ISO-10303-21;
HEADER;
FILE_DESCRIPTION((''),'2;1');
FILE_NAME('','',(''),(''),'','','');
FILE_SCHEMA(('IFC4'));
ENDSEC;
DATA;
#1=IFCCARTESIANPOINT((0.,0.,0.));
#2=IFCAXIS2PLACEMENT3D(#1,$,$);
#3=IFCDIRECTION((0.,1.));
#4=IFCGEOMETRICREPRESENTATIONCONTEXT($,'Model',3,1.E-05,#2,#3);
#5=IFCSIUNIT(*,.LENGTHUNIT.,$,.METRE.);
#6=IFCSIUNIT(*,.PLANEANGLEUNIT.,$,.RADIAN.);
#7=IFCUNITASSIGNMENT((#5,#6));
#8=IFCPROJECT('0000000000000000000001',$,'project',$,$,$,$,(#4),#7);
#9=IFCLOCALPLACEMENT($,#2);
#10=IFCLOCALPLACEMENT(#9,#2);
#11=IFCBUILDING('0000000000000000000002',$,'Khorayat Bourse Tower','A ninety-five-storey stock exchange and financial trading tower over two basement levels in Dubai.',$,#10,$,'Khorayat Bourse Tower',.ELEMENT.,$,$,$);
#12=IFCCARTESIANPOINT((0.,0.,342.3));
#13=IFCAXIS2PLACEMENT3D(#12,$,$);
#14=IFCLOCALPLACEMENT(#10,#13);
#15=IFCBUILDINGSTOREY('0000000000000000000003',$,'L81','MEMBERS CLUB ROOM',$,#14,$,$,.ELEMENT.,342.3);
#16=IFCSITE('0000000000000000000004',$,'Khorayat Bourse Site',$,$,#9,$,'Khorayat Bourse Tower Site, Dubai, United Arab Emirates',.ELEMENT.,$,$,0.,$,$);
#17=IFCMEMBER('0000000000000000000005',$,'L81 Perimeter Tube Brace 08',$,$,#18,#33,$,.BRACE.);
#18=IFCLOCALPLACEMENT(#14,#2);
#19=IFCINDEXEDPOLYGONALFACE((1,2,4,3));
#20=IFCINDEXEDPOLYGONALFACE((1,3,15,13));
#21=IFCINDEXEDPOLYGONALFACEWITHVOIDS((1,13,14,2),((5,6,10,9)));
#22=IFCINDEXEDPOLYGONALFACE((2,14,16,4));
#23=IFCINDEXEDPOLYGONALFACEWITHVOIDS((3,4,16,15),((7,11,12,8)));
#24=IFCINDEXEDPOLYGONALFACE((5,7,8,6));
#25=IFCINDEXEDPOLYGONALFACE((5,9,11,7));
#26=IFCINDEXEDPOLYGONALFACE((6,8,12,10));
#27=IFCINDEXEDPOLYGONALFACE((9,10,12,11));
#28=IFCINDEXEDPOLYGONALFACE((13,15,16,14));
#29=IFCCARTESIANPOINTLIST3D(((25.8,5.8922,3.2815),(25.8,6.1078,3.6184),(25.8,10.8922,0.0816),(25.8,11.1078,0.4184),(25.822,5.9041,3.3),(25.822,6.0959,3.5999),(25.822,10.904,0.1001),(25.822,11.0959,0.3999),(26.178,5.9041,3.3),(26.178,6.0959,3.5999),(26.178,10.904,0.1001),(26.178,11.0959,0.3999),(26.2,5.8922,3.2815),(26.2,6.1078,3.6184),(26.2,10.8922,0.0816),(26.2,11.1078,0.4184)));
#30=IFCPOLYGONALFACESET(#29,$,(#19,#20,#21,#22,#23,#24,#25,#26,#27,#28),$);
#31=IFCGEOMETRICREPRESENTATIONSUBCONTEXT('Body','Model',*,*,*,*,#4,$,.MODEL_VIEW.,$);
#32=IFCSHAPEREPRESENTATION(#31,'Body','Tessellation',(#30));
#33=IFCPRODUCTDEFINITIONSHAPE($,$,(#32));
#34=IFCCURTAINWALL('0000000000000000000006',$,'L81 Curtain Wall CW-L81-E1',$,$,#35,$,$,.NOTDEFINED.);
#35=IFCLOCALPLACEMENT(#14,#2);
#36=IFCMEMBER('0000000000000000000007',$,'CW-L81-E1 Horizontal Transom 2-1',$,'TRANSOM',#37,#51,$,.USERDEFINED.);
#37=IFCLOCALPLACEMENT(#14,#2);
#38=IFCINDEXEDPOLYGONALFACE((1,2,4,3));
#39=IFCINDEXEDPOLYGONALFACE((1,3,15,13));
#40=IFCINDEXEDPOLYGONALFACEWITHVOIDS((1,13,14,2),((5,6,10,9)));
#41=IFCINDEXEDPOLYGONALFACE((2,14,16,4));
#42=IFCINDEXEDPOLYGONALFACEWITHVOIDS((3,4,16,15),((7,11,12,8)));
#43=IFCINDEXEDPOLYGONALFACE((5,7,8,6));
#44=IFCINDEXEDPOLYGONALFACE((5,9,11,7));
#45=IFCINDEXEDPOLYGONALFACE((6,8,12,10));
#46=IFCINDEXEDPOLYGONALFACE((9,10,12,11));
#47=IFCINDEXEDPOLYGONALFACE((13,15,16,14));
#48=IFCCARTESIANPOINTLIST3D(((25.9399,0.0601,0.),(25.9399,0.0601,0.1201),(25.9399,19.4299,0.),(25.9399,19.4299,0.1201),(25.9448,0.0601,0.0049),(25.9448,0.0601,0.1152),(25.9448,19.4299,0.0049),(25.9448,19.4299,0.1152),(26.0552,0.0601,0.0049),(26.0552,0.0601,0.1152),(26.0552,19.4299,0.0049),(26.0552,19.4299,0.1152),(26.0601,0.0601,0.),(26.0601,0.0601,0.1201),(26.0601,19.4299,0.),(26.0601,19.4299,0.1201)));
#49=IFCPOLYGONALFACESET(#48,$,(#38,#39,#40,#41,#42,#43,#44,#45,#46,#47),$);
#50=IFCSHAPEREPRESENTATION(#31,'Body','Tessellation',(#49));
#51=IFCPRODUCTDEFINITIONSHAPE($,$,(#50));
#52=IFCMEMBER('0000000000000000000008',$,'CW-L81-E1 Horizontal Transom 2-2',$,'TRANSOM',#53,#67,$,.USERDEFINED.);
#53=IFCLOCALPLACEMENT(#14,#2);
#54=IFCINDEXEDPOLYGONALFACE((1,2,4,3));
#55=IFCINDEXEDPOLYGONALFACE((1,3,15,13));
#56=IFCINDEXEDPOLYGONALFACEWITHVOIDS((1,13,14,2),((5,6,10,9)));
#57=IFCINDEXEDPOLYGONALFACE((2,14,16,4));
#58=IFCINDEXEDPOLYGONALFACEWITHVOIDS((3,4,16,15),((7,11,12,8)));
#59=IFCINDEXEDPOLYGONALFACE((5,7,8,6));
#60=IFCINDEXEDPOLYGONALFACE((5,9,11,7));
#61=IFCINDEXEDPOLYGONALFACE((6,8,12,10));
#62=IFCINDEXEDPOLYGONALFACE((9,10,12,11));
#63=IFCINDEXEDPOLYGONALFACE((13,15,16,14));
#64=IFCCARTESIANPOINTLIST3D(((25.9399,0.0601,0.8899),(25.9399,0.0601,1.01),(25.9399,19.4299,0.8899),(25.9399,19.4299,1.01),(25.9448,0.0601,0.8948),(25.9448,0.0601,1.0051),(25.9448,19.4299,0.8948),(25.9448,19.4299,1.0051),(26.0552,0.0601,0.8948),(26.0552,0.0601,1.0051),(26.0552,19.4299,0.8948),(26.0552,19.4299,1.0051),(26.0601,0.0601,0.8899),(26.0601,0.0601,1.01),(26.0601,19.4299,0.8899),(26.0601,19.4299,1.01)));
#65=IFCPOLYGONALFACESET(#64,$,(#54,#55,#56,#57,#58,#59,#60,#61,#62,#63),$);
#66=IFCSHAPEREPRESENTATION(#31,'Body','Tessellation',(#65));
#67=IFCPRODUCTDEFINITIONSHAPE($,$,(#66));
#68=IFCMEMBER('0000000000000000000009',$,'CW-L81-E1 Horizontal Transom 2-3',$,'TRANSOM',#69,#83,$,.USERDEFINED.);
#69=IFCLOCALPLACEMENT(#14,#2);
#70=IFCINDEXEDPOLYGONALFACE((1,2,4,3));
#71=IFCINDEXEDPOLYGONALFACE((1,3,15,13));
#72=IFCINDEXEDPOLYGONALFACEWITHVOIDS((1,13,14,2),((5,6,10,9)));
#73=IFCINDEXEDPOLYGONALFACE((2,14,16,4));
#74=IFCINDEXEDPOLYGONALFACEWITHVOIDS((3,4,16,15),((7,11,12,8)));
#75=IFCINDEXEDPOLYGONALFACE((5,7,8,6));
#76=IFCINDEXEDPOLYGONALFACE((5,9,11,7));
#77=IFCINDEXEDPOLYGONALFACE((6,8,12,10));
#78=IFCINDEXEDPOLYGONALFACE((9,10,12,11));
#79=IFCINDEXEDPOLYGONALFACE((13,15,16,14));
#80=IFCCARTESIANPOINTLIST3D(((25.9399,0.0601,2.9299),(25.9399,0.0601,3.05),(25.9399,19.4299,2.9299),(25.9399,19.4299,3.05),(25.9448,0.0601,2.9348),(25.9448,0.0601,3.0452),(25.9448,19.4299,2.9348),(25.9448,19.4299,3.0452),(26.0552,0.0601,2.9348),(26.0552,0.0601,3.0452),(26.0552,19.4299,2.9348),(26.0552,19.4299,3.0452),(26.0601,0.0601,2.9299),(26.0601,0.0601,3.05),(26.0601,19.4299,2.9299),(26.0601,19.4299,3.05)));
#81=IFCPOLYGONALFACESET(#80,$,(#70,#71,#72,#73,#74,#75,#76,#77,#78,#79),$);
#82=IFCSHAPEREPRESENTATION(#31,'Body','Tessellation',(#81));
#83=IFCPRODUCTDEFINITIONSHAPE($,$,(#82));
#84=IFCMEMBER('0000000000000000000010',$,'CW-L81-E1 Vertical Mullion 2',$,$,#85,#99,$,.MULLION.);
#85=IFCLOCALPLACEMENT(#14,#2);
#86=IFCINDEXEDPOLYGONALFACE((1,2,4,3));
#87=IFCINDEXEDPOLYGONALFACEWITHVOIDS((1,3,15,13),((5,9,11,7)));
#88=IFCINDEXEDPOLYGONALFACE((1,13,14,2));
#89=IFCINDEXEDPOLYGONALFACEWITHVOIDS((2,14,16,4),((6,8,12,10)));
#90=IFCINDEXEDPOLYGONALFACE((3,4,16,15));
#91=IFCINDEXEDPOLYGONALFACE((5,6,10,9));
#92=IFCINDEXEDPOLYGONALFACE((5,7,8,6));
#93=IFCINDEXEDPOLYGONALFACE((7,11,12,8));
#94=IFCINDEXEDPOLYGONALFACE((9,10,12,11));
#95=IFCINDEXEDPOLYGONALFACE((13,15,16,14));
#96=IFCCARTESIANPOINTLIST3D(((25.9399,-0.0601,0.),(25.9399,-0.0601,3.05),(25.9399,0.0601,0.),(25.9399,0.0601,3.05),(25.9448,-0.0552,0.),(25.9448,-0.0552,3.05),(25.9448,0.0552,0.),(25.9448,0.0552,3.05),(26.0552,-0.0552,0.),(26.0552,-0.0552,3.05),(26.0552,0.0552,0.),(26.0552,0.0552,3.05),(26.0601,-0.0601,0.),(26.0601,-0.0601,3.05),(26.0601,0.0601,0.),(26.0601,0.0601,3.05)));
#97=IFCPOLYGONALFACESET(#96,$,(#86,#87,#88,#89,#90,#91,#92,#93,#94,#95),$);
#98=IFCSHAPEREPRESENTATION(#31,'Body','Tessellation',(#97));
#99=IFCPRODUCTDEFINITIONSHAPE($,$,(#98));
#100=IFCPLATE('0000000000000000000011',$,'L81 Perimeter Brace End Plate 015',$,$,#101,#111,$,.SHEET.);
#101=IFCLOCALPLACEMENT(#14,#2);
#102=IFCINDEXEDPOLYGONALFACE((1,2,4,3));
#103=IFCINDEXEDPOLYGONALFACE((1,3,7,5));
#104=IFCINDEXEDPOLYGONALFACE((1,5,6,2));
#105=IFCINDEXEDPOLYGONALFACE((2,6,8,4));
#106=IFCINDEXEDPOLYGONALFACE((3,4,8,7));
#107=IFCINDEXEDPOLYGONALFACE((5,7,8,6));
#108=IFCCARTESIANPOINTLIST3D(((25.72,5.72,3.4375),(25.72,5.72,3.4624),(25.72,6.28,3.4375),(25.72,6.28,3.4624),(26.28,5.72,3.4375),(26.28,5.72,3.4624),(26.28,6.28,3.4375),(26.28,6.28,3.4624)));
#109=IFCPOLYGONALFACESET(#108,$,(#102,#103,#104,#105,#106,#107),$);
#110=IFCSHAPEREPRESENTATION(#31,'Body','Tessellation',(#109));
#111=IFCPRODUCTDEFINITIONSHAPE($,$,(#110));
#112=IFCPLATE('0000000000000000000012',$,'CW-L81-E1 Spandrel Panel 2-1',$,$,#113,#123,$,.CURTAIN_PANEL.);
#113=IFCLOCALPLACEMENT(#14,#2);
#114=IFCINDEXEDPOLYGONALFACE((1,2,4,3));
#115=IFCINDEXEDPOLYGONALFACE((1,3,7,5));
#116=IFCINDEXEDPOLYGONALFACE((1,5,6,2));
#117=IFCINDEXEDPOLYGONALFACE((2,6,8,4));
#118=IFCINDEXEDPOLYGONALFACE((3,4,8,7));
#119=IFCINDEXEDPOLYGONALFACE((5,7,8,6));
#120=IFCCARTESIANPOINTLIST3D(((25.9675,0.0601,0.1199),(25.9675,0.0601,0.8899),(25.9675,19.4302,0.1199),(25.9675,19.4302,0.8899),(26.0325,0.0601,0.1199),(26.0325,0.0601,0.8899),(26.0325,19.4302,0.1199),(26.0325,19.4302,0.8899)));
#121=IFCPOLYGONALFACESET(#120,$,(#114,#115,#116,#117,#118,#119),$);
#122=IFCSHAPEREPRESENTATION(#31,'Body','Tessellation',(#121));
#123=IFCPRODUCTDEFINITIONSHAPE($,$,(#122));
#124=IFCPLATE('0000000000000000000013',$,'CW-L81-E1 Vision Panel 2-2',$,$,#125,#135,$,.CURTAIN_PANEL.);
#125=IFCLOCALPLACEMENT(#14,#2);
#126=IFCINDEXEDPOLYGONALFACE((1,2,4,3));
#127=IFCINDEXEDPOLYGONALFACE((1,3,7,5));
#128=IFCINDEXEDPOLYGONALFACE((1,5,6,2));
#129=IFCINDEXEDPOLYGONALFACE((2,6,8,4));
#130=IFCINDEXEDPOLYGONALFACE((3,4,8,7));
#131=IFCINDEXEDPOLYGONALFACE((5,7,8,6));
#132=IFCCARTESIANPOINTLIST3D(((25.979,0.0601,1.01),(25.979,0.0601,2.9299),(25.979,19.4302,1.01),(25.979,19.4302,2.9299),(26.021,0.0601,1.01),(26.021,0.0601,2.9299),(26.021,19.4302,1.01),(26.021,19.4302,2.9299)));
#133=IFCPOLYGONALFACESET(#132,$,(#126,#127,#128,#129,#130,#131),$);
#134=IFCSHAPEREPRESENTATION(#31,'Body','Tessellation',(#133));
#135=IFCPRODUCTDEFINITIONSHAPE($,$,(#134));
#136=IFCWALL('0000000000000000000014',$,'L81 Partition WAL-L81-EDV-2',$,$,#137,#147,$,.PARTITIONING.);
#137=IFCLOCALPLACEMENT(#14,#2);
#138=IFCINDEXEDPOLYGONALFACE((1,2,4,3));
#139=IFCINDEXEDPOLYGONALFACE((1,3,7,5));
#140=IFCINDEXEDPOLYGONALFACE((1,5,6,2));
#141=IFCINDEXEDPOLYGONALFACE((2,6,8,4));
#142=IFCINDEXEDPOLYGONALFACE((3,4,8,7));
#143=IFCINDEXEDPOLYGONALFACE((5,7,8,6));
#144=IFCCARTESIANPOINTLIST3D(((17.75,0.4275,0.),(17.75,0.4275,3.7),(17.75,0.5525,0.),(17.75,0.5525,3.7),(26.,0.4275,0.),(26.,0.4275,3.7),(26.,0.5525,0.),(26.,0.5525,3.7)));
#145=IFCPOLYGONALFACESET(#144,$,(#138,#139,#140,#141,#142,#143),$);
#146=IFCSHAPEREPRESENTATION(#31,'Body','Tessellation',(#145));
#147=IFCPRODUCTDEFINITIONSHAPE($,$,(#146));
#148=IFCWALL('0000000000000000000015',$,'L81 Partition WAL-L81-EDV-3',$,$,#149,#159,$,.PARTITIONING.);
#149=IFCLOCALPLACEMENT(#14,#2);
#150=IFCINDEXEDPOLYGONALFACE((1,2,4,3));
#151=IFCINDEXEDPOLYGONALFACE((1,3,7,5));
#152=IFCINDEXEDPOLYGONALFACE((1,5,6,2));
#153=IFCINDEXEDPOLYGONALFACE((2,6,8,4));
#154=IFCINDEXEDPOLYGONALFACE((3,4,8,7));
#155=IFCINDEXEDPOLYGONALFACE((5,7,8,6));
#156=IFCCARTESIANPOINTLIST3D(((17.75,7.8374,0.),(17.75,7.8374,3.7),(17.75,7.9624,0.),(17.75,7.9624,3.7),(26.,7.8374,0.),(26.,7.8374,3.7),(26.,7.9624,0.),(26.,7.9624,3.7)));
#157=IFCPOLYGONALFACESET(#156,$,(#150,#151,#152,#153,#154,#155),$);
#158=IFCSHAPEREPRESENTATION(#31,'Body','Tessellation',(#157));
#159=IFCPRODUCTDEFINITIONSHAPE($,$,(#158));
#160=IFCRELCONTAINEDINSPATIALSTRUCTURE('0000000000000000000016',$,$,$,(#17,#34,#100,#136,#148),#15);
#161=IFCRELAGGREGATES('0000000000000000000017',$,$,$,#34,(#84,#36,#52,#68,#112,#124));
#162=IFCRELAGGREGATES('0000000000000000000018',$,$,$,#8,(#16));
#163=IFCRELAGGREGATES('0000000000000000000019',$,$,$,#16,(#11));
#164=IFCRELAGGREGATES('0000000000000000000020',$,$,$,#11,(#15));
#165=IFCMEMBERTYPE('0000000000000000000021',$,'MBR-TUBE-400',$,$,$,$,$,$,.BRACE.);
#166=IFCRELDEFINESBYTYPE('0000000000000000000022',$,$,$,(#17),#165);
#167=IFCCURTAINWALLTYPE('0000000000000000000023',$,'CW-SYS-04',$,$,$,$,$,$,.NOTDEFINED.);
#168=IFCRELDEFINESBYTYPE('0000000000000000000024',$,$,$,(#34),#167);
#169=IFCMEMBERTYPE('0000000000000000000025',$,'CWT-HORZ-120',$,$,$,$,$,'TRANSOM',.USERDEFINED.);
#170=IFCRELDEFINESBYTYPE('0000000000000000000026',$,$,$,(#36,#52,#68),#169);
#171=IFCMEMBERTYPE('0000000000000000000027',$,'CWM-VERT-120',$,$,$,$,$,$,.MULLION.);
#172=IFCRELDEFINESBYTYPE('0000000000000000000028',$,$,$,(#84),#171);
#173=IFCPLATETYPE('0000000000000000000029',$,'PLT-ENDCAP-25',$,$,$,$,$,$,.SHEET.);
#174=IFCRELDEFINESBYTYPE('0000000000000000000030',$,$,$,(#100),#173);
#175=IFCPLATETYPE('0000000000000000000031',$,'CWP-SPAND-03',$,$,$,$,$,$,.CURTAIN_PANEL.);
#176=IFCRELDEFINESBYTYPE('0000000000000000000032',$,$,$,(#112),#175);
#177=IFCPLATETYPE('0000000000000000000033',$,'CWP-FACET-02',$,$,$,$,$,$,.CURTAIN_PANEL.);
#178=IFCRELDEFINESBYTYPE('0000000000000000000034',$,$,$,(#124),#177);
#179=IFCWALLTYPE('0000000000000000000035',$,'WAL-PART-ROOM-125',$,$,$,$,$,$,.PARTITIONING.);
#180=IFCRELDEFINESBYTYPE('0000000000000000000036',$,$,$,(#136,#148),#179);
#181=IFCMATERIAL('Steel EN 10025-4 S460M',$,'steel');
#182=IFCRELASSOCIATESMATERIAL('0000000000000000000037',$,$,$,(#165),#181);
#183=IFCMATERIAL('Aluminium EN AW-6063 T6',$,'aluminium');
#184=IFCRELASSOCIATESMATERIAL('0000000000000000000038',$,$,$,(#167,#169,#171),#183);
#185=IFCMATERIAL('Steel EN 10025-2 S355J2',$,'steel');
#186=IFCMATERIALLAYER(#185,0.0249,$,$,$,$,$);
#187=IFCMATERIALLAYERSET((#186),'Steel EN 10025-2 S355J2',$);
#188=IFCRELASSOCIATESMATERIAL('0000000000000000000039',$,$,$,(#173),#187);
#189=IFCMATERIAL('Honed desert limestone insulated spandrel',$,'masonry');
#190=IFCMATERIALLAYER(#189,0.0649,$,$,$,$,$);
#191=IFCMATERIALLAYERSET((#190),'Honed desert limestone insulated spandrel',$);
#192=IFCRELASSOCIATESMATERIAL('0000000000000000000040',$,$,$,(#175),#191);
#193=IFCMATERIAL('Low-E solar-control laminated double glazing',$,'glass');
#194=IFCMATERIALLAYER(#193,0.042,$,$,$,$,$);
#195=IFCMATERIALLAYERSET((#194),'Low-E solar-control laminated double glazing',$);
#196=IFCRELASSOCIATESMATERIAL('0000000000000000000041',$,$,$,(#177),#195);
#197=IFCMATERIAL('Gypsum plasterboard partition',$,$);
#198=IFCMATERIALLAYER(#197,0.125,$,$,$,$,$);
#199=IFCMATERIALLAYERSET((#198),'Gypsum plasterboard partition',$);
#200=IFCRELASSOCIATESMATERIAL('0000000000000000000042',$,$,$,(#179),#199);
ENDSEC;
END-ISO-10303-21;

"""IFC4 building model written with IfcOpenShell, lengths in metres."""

from ifc_helpers import new_model, si_unit, direction, frame, frame_2d, origin, origin_2d, place, context, subcontext, project, spatial, rectangle, hollow_rectangle, extrude, source, transform, mapped, material, layer, layer_set, material_profile, profile_set, type_object, element, aggregate, save


model = new_model("IFC4")

# Units and contexts
model_context = context("Model", 3, precision=1e-05, world=origin(), true_north=direction((0.0, 1.0)))
body_context = subcontext(model_context, "Body", "Model", "MODEL_VIEW")
ifc_project = project(units=[si_unit("LENGTHUNIT", "METRE"), si_unit("PLANEANGLEUNIT", "RADIAN")], contexts=[model_context])

# Site, building, storey
site_placement = place(None, origin())
site = spatial("IfcSite", under=ifc_project, at=site_placement, Name="Khorayat Bourse Site", LongName="Khorayat Bourse Tower Site, Dubai, United Arab Emirates", CompositionType="ELEMENT", RefElevation=0.0)
building_placement = place(site_placement, origin())
building = spatial("IfcBuilding", under=site, at=building_placement, Name="Khorayat Bourse Tower", Description="A ninety-five-storey stock exchange and financial trading tower over two basement levels in Dubai.", LongName="Khorayat Bourse Tower", CompositionType="ELEMENT")
storey_placement = place(building_placement, frame((0.0, 0.0, 342.3)))
storey = spatial("IfcBuildingStorey", under=building, at=storey_placement, Name="L81", Description="MEMBERS CLUB ROOM", CompositionType="ELEMENT", Elevation=342.3)

# Shared definitions
ifc_material_1 = material(Name="Steel EN 10025-2 S355J2", Category="steel")

# Member
ifc_material_2 = material(Name="Steel EN 10025-4 S460M", Category="steel")
ifc_material_profile_1 = material_profile(ifc_material_2, hollow_rectangle(XDim=0.3999, YDim=0.3999, WallThickness=0.022, at=origin_2d()), Name="HSS 400x400x22")
ifc_profile_set_1 = profile_set([ifc_material_profile_1], Name="Steel EN 10025-4 S460M")
member_type_1 = type_object("IfcMemberType", Name="MBR-TUBE-400", PredefinedType="BRACE", material=ifc_profile_set_1)
shared_shape_1 = source(origin(), body_context, "Body", "SweptSolid", [
    extrude(hollow_rectangle(XDim=0.3999, YDim=0.3999, WallThickness=0.022, at=origin_2d()), origin(), (0.0, 0.0, 1.0), 5.9363),
])
member_1_placement = place(storey_placement, frame((26.0, 6.0, 3.45), z_axis=(0.0, 0.842275, -0.539048), x_axis=(-1.0, 0.0, 0.0)))
element("IfcMember", 1, at=member_1_placement, inside=storey, type_object=member_type_1, Name="L81 Perimeter Tube Brace 08", PredefinedType="BRACE", context=body_context, shape_type="MappedRepresentation", body=[
    mapped(shared_shape_1, transform((0.0, 0.0, 0.0), scale=1.0)),
])

# Curtain wall, members
ifc_material_3 = material(Name="Aluminium EN AW-6063 T6", Category="aluminium")
curtain_wall_type = type_object("IfcCurtainWallType", Name="CW-SYS-04", PredefinedType="NOTDEFINED", material=ifc_material_3)
curtain_wall_placement = place(storey_placement, origin())
curtain_wall = element("IfcCurtainWall", 2, at=curtain_wall_placement, inside=storey, type_object=curtain_wall_type, Name="L81 Curtain Wall CW-L81-E1", PredefinedType="NOTDEFINED")
ifc_material_profile_2 = material_profile(ifc_material_3, hollow_rectangle(XDim=0.1201, YDim=0.1201, WallThickness=0.0049, at=origin_2d()), Name="ALU 120x120x5")
ifc_profile_set_2 = profile_set([ifc_material_profile_2], Name="Aluminium EN AW-6063 T6")
member_type_2 = type_object("IfcMemberType", Name="CWT-HORZ-120", ElementType="TRANSOM", PredefinedType="USERDEFINED", material=ifc_profile_set_2)
shared_shape_2 = source(origin(), body_context, "Body", "SweptSolid", [
    extrude(hollow_rectangle(XDim=0.1201, YDim=0.1201, WallThickness=0.0049, at=origin_2d()), origin(), (0.0, 0.0, 1.0), 19.3699),
])
member_2_placement = place(storey_placement, frame((26.0, 0.0601, 0.0601), z_axis=(0.0, 1.0, 0.0), x_axis=(-1.0, 0.0, 0.0)))
member_2 = element("IfcMember", 3, at=member_2_placement, type_object=member_type_2, Name="CW-L81-E1 Horizontal Transom 2-1", ObjectType="TRANSOM", PredefinedType="USERDEFINED", context=body_context, shape_type="MappedRepresentation", body=[
    mapped(shared_shape_2, transform((0.0, 0.0, 0.0), scale=1.0)),
])
member_3_placement = place(storey_placement, frame((26.0, 0.0601, 0.95), z_axis=(0.0, 1.0, 0.0), x_axis=(-1.0, 0.0, 0.0)))
member_3 = element("IfcMember", 4, at=member_3_placement, type_object=member_type_2, Name="CW-L81-E1 Horizontal Transom 2-2", ObjectType="TRANSOM", PredefinedType="USERDEFINED", context=body_context, shape_type="MappedRepresentation", body=[
    mapped(shared_shape_2, transform((0.0, 0.0, 0.0), scale=1.0)),
])
member_4_placement = place(storey_placement, frame((26.0, 0.0601, 2.99), z_axis=(0.0, 1.0, 0.0), x_axis=(-1.0, 0.0, 0.0)))
member_4 = element("IfcMember", 5, at=member_4_placement, type_object=member_type_2, Name="CW-L81-E1 Horizontal Transom 2-3", ObjectType="TRANSOM", PredefinedType="USERDEFINED", context=body_context, shape_type="MappedRepresentation", body=[
    mapped(shared_shape_2, transform((0.0, 0.0, 0.0), scale=1.0)),
])
ifc_material_profile_3 = material_profile(ifc_material_3, hollow_rectangle(XDim=0.1201, YDim=0.1201, WallThickness=0.0049, at=origin_2d()), Name="ALU 120x120x5")
ifc_profile_set_3 = profile_set([ifc_material_profile_3], Name="Aluminium EN AW-6063 T6")
member_type_3 = type_object("IfcMemberType", Name="CWM-VERT-120", PredefinedType="MULLION", material=ifc_profile_set_3)
shared_shape_3 = source(origin(), body_context, "Body", "SweptSolid", [
    extrude(hollow_rectangle(XDim=0.1201, YDim=0.1201, WallThickness=0.0049, at=origin_2d()), origin(), (0.0, 0.0, 1.0), 3.05),
])
member_5_placement = place(storey_placement, frame((26.0, 0.0, 0.0), z_axis=(0.0, 0.0, 1.0), x_axis=(-1.0, 0.0, 0.0)))
member_5 = element("IfcMember", 6, at=member_5_placement, type_object=member_type_3, Name="CW-L81-E1 Vertical Mullion 2", PredefinedType="MULLION", context=body_context, shape_type="MappedRepresentation", body=[
    mapped(shared_shape_3, transform((0.0, 0.0, 0.0), scale=1.0)),
])

# Plates
ifc_layer_1 = layer(ifc_material_1, 0.0249)
ifc_layer_set_1 = layer_set([ifc_layer_1], Name="Steel EN 10025-2 S355J2")
plate_type_1 = type_object("IfcPlateType", Name="PLT-ENDCAP-25", PredefinedType="SHEET", material=ifc_layer_set_1)
shared_shape_4 = source(origin(), body_context, "Body", "SweptSolid", [
    extrude(rectangle(XDim=0.5601, YDim=0.5601, at=origin_2d()), origin(), (0.0, 0.0, 1.0), 0.0249),
])
plate_1_placement = place(storey_placement, frame((26.0, 6.0, 3.4375), z_axis=(0.0, 0.0, 1.0), x_axis=(1.0, 0.0, 0.0)))
element("IfcPlate", 7, at=plate_1_placement, inside=storey, type_object=plate_type_1, Name="L81 Perimeter Brace End Plate 015", PredefinedType="SHEET", context=body_context, shape_type="MappedRepresentation", body=[
    mapped(shared_shape_4, transform((0.0, 0.0, 0.0), scale=1.0)),
])
ifc_material_4 = material(Name="Honed desert limestone insulated spandrel", Category="masonry")
ifc_layer_2 = layer(ifc_material_4, 0.0649)
ifc_layer_set_2 = layer_set([ifc_layer_2], Name="Honed desert limestone insulated spandrel")
plate_type_2 = type_object("IfcPlateType", Name="CWP-SPAND-03", PredefinedType="CURTAIN_PANEL", material=ifc_layer_set_2)
shared_shape_5 = source(origin(), body_context, "Body", "SweptSolid", [
    extrude(rectangle(XDim=19.3701, YDim=0.0649, at=origin_2d()), origin(), (0.0, 0.0, 1.0), 0.77),
])
plate_2_placement = place(storey_placement, frame((26.0, 9.7451, 0.1199), z_axis=(0.0, 0.0, 1.0), x_axis=(0.0, 1.0, 0.0)))
plate_2 = element("IfcPlate", 8, at=plate_2_placement, type_object=plate_type_2, Name="CW-L81-E1 Spandrel Panel 2-1", PredefinedType="CURTAIN_PANEL", context=body_context, shape_type="MappedRepresentation", body=[
    mapped(shared_shape_5, transform((0.0, 0.0, 0.0), scale=1.0)),
])
ifc_material_5 = material(Name="Low-E solar-control laminated double glazing", Category="glass")
ifc_layer_3 = layer(ifc_material_5, 0.042)
ifc_layer_set_3 = layer_set([ifc_layer_3], Name="Low-E solar-control laminated double glazing")
plate_type_3 = type_object("IfcPlateType", Name="CWP-FACET-02", PredefinedType="CURTAIN_PANEL", material=ifc_layer_set_3)
shared_shape_6 = source(origin(), body_context, "Body", "SweptSolid", [
    extrude(rectangle(XDim=19.3701, YDim=0.042, at=origin_2d()), origin(), (0.0, 0.0, 1.0), 1.9199),
])
plate_3_placement = place(storey_placement, frame((26.0, 9.7451, 1.01), z_axis=(0.0, 0.0, 1.0), x_axis=(0.0, 1.0, 0.0)))
plate_3 = element("IfcPlate", 9, at=plate_3_placement, type_object=plate_type_3, Name="CW-L81-E1 Vision Panel 2-2", PredefinedType="CURTAIN_PANEL", context=body_context, shape_type="MappedRepresentation", body=[
    mapped(shared_shape_6, transform((0.0, 0.0, 0.0), scale=1.0)),
])
aggregate(curtain_wall, [member_5, member_2, member_3, member_4, plate_2, plate_3])

# Walls
ifc_material_6 = material(Name="Gypsum plasterboard partition")
ifc_layer_4 = layer(ifc_material_6, 0.125)
ifc_layer_set_4 = layer_set([ifc_layer_4], Name="Gypsum plasterboard partition")
wall_type = type_object("IfcWallType", Name="WAL-PART-ROOM-125", PredefinedType="PARTITIONING", material=ifc_layer_set_4)
shared_shape_7 = source(origin(), body_context, "Body", "SweptSolid", [
    extrude(rectangle(XDim=8.25, YDim=0.125, at=frame_2d((4.125, 0.0))), origin(), (0.0, 0.0, 1.0), 3.7),
])
for number, where, z_axis, x_axis, name in (
    (10, (17.75, 0.49, 0.0), (0.0, 0.0, 1.0), (1.0, 0.0, 0.0), "L81 Partition WAL-L81-EDV-2"),
    (11, (17.75, 7.8999, 0.0), (0.0, 0.0, 1.0), (1.0, 0.0, 0.0), "L81 Partition WAL-L81-EDV-3"),
):
    element("IfcWall", number, at=place(storey_placement, frame(where, z_axis=z_axis, x_axis=x_axis)), inside=storey, type_object=wall_type, Name=name, PredefinedType="PARTITIONING", context=body_context, shape_type="MappedRepresentation", body=[
        mapped(shared_shape_7, transform((0.0, 0.0, 0.0), scale=1.0)),
    ])

save(model, "model.ifc")
